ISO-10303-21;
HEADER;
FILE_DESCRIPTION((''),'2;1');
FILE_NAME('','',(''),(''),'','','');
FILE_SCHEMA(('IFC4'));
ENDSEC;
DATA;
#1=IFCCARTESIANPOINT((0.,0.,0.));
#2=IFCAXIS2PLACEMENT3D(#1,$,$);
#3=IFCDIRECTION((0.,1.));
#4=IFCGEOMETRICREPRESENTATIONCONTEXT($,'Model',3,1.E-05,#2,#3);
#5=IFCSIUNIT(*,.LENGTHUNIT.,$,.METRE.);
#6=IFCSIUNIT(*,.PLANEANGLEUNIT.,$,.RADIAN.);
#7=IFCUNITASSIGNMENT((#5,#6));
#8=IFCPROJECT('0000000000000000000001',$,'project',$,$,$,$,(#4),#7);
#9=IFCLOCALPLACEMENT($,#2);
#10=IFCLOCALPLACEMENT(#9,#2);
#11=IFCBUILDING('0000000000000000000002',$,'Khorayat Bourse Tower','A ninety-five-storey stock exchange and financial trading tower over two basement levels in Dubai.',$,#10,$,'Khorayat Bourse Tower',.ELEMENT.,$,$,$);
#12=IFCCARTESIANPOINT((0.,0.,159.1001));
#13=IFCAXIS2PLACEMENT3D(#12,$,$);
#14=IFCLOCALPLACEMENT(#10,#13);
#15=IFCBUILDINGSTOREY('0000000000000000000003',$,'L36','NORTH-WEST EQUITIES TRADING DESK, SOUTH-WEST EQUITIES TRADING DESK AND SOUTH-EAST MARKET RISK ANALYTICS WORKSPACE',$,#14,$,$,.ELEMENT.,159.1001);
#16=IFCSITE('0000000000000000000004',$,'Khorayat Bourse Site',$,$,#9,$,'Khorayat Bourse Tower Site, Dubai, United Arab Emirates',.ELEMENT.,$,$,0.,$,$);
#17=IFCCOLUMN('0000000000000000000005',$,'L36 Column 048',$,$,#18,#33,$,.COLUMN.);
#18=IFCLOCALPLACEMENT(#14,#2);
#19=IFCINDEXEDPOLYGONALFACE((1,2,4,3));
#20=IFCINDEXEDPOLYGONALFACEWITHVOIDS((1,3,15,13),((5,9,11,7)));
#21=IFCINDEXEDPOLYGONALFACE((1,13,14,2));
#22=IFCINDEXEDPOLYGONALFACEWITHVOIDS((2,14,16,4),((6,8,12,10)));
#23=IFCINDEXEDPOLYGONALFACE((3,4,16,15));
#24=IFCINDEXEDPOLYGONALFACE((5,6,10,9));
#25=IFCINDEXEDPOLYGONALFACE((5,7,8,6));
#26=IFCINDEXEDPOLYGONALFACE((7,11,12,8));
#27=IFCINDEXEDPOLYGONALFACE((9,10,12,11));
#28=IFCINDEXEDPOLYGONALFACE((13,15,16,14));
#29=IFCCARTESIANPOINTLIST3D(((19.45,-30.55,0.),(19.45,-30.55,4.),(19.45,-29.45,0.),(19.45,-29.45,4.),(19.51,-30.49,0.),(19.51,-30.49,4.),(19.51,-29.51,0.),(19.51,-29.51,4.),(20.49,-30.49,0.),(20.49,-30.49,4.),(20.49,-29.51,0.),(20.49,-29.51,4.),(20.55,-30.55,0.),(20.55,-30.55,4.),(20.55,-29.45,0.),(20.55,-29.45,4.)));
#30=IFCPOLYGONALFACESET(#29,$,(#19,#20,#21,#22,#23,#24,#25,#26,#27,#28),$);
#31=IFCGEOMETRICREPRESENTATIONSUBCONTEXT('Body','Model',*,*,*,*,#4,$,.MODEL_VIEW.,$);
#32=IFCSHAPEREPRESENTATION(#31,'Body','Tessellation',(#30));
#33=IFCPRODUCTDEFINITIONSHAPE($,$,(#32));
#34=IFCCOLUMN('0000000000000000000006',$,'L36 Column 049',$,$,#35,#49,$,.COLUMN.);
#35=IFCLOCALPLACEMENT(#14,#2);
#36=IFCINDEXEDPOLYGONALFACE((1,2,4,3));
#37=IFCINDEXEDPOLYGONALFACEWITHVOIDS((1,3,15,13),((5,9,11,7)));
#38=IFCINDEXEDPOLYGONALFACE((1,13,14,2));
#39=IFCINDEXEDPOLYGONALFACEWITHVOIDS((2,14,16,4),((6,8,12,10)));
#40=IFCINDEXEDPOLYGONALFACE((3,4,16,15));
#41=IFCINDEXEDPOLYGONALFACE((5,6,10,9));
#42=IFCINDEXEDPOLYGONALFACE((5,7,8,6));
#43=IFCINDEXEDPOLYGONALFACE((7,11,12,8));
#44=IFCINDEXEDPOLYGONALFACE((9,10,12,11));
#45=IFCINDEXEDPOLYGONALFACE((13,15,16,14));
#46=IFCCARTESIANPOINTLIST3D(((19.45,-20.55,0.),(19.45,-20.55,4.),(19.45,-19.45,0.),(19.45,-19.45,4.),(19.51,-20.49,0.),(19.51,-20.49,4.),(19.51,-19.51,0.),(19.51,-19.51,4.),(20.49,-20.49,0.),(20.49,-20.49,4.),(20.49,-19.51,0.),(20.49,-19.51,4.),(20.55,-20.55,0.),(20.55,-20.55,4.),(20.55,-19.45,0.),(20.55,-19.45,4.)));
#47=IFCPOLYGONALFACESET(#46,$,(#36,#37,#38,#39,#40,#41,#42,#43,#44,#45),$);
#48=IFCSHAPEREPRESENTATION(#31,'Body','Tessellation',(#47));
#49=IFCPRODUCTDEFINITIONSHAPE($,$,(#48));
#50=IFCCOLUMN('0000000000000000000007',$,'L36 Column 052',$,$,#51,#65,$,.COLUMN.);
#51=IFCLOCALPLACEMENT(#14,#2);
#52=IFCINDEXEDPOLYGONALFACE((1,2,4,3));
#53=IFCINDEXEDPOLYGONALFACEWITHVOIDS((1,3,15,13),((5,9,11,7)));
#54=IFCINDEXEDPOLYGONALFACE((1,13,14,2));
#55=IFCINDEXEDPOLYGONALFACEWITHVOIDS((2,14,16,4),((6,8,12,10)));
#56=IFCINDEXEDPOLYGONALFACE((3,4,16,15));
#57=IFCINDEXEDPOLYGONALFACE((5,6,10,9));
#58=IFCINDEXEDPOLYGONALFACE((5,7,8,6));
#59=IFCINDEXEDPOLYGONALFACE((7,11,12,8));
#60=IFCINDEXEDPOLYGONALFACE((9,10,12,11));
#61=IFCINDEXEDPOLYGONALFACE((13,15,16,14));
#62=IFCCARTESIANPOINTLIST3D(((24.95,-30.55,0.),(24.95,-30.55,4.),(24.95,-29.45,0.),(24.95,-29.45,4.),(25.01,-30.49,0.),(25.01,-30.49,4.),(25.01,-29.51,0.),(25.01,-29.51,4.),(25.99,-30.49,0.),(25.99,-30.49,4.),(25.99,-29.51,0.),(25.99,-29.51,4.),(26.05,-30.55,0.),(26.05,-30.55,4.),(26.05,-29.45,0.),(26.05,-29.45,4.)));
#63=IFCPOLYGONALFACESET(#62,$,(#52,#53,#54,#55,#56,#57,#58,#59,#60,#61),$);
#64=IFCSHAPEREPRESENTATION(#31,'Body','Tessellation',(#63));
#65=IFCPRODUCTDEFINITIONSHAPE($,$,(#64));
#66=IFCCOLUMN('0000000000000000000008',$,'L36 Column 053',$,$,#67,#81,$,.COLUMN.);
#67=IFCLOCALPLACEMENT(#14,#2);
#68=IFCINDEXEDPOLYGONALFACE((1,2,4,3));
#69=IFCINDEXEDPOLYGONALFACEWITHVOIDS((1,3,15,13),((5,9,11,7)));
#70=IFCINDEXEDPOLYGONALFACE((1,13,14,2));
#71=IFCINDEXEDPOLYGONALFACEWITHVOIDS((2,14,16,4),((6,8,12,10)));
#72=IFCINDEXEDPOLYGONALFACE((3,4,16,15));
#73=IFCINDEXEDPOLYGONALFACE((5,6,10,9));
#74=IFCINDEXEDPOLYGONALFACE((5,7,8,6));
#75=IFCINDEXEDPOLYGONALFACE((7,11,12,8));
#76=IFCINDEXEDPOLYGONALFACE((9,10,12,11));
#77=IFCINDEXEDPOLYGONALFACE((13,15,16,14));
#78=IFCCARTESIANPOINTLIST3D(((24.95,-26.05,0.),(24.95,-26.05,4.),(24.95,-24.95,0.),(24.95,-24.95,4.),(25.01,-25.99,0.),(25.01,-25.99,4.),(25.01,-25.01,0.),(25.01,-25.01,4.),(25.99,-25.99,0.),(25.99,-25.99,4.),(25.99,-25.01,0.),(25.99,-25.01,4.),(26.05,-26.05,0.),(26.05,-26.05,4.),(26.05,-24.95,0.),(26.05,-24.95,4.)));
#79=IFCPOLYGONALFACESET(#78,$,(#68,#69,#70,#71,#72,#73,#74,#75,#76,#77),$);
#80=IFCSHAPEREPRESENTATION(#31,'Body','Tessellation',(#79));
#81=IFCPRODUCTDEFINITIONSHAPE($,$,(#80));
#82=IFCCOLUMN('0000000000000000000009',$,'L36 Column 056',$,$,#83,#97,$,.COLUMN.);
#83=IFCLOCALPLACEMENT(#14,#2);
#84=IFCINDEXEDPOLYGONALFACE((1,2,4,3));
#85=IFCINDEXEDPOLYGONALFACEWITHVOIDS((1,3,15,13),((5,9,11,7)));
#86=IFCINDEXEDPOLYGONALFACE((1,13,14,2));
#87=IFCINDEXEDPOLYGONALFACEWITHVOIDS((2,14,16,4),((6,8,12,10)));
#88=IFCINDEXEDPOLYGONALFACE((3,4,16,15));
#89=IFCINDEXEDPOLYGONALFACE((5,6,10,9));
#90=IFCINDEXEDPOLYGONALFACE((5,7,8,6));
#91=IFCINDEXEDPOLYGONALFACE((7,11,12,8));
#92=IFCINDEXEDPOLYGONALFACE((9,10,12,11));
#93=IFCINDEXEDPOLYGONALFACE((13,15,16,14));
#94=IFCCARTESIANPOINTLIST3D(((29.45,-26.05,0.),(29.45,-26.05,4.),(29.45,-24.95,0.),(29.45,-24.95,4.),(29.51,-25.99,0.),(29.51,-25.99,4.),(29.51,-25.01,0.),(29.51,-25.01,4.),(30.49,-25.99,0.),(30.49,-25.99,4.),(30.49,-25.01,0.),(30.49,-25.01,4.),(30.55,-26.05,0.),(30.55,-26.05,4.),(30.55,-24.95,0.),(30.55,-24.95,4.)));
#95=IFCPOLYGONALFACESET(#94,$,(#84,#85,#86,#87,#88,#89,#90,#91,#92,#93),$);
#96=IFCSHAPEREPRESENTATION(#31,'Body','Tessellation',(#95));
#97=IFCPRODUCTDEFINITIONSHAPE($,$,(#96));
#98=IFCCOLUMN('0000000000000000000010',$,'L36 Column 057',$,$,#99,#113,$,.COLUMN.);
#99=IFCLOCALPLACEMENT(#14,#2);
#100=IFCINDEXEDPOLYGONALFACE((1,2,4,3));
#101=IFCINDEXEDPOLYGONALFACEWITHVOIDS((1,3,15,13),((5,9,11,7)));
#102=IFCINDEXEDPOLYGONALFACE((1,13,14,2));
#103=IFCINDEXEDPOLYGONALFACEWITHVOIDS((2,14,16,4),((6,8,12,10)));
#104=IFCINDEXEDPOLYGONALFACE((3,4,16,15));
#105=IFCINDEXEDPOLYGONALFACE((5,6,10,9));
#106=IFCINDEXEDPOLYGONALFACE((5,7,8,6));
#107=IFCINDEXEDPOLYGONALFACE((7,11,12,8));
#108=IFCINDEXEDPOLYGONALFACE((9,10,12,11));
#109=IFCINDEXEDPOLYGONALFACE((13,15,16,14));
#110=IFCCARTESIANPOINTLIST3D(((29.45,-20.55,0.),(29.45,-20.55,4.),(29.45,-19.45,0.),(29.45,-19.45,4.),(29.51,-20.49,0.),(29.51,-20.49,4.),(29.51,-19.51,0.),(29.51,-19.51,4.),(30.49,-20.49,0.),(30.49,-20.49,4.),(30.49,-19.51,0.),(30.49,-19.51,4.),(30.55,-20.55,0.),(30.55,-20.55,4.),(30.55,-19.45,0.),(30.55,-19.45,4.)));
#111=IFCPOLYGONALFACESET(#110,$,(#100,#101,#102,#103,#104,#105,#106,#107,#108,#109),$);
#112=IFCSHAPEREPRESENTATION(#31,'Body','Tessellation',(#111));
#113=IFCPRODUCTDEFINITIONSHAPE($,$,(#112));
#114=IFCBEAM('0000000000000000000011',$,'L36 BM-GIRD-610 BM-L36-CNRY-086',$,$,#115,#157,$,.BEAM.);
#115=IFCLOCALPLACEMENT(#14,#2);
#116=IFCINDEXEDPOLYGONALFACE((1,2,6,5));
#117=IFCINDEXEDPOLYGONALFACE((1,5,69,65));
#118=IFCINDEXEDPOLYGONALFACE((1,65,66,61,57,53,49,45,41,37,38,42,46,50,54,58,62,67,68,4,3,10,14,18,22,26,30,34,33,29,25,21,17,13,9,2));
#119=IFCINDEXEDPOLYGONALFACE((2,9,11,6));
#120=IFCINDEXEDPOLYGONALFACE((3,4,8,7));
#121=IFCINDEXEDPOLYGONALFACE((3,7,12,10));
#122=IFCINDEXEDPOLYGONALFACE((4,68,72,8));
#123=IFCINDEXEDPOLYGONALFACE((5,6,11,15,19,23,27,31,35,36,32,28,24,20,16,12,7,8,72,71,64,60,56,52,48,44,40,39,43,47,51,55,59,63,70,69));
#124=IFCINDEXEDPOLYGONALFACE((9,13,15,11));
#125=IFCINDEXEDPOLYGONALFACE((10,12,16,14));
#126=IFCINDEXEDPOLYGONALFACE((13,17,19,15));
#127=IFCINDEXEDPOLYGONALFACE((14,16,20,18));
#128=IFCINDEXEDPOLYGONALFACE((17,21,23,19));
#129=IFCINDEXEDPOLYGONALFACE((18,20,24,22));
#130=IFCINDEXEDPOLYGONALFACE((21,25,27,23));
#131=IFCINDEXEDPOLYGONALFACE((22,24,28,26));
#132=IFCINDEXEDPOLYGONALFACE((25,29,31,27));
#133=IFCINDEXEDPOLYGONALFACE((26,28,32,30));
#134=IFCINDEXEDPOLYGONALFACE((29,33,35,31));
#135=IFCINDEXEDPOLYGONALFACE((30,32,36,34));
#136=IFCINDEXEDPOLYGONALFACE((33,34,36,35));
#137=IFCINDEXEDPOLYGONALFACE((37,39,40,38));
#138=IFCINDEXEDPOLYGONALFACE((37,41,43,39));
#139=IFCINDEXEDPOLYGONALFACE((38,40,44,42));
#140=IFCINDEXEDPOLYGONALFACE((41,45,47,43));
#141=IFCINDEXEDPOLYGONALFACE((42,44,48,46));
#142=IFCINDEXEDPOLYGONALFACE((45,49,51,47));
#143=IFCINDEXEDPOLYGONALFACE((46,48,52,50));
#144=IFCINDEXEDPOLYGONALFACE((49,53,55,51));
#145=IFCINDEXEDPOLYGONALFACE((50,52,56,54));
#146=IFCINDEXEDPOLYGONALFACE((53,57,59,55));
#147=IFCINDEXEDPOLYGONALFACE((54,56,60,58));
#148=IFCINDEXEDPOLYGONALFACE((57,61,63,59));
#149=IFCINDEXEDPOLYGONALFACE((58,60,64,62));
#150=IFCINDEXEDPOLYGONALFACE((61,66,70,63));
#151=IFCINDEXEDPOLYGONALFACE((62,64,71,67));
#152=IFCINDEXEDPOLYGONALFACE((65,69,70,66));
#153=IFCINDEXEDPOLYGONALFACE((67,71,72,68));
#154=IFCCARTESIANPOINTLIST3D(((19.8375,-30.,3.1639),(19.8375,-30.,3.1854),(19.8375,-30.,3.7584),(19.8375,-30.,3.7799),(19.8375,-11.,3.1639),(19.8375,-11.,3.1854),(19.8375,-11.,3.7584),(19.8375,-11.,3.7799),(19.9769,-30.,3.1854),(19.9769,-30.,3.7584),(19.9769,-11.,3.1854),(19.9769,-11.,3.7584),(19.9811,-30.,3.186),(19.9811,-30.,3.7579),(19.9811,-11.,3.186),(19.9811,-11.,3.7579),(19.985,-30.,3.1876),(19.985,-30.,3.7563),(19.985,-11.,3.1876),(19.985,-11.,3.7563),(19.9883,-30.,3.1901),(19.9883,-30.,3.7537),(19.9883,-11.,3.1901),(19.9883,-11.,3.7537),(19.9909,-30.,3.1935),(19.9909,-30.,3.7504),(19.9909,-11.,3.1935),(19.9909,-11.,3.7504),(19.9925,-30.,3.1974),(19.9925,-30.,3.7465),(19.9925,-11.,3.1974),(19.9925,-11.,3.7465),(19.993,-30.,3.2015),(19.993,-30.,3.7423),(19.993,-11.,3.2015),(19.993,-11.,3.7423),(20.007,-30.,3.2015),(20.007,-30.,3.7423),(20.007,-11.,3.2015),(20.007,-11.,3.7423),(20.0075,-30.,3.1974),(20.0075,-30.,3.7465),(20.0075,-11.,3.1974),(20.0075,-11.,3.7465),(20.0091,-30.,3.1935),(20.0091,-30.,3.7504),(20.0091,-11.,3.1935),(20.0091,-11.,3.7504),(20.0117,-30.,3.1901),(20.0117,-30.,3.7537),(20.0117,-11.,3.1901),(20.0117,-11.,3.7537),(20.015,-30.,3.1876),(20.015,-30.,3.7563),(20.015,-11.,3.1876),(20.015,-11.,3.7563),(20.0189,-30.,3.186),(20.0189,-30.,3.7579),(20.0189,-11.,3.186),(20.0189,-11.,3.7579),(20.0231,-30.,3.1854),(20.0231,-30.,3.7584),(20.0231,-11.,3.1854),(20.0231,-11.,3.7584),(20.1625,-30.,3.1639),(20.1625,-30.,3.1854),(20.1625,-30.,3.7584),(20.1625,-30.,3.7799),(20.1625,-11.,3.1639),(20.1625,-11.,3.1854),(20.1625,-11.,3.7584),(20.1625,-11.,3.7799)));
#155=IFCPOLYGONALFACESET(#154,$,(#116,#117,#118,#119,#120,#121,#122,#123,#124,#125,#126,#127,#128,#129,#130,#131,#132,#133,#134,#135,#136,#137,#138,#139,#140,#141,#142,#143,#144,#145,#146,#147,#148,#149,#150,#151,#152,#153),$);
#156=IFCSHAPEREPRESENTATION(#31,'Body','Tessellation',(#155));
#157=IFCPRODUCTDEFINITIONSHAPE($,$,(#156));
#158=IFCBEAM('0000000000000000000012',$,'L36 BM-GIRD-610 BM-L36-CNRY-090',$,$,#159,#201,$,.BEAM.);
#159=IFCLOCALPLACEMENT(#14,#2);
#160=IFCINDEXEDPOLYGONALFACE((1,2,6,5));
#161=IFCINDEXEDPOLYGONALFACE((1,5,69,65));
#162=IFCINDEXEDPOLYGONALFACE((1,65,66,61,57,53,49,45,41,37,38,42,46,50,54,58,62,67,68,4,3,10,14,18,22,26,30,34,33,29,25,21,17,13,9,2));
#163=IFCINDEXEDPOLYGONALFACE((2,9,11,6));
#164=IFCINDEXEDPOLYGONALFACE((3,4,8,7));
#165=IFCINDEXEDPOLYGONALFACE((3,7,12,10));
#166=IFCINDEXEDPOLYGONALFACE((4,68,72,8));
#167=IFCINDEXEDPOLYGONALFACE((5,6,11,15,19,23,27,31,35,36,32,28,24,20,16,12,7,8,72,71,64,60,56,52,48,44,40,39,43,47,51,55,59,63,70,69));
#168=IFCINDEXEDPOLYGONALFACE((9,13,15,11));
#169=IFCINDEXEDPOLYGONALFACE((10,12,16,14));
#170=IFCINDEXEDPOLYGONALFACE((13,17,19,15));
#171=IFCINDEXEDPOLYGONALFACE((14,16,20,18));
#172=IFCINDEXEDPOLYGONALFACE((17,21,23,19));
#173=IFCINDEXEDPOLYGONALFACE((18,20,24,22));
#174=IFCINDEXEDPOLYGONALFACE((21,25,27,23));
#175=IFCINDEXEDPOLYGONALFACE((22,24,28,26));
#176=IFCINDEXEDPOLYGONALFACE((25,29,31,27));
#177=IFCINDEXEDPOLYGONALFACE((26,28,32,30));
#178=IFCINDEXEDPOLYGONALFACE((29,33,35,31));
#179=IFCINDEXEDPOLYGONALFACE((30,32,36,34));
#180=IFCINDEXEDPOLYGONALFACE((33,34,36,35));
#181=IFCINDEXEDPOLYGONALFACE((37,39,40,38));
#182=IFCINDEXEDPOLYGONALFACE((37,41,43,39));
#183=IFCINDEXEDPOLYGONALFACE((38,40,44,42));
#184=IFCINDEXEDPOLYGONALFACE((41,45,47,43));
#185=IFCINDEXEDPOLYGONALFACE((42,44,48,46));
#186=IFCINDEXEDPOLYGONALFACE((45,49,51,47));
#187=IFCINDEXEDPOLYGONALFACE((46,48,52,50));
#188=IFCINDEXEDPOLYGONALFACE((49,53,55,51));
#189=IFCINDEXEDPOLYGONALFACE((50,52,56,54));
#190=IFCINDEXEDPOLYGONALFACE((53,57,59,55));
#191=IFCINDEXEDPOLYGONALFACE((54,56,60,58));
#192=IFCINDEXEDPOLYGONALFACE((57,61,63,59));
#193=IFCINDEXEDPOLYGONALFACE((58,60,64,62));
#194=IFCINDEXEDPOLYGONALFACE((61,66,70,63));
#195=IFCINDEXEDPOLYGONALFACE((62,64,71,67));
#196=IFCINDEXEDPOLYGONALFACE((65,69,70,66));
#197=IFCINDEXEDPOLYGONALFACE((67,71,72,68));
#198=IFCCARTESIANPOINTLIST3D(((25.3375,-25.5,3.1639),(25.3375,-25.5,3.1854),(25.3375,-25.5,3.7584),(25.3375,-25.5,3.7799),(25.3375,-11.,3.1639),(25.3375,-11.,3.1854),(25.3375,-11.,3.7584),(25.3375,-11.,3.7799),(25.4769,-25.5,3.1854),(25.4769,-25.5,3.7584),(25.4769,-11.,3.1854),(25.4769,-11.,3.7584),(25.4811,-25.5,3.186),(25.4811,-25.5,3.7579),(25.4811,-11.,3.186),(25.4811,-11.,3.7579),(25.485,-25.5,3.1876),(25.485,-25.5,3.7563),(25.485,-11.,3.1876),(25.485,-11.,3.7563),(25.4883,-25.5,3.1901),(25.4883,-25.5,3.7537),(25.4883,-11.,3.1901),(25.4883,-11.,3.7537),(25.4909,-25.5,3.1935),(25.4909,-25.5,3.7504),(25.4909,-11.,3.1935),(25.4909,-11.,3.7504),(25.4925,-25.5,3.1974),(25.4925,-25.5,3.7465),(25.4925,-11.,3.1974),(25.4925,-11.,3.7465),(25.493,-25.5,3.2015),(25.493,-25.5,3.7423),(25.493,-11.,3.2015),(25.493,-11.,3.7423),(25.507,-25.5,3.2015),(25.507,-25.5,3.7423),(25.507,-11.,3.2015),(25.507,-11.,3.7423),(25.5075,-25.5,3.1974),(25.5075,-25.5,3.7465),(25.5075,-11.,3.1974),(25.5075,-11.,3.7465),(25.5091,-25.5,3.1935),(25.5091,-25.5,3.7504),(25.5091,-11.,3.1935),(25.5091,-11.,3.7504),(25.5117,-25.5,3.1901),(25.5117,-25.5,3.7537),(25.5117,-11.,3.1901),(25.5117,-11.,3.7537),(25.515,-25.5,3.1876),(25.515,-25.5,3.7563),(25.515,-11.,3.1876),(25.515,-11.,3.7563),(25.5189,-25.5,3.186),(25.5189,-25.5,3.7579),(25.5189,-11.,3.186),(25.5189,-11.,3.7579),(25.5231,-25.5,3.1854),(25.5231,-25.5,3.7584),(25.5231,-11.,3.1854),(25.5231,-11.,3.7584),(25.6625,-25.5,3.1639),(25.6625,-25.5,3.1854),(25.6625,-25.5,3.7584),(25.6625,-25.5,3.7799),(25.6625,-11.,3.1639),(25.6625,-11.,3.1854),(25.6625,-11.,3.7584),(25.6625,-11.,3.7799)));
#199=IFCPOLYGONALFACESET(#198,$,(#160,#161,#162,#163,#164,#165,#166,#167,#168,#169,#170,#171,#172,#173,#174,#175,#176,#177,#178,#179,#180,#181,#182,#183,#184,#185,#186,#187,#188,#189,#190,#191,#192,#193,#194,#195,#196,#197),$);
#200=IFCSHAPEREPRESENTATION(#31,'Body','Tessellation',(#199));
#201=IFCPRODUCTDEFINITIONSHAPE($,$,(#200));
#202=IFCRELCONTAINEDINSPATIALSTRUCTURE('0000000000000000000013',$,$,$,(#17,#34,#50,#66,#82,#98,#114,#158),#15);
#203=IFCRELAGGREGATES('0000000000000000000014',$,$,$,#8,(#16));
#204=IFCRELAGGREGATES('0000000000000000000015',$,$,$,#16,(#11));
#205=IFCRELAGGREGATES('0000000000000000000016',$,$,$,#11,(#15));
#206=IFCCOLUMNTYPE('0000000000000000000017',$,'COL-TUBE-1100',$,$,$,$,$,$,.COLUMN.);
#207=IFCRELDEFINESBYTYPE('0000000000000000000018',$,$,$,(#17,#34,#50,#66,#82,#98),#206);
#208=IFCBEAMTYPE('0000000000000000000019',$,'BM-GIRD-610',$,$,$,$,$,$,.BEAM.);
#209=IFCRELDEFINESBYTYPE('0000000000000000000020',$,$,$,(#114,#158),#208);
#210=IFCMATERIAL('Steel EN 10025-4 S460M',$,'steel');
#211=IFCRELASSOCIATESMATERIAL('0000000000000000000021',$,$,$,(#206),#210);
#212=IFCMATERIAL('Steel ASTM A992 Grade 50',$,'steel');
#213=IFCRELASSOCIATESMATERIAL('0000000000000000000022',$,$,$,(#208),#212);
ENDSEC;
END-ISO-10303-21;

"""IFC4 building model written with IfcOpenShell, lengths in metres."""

from ifc_helpers import new_model, si_unit, direction, frame, origin, origin_2d, place, context, subcontext, project, spatial, hollow_rectangle, i_section, extrude, source, transform, mapped, material, material_profile, profile_set, type_object, element, save


model = new_model("IFC4")

# Units and contexts
model_context = context("Model", 3, precision=1e-05, world=origin(), true_north=direction((0.0, 1.0)))
body_context = subcontext(model_context, "Body", "Model", "MODEL_VIEW")
ifc_project = project(units=[si_unit("LENGTHUNIT", "METRE"), si_unit("PLANEANGLEUNIT", "RADIAN")], contexts=[model_context])

# Site, building, storey
site_placement = place(None, origin())
site = spatial("IfcSite", under=ifc_project, at=site_placement, Name="Khorayat Bourse Site", LongName="Khorayat Bourse Tower Site, Dubai, United Arab Emirates", CompositionType="ELEMENT", RefElevation=0.0)
building_placement = place(site_placement, origin())
building = spatial("IfcBuilding", under=site, at=building_placement, Name="Khorayat Bourse Tower", Description="A ninety-five-storey stock exchange and financial trading tower over two basement levels in Dubai.", LongName="Khorayat Bourse Tower", CompositionType="ELEMENT")
storey_placement = place(building_placement, frame((0.0, 0.0, 159.1001)))
storey = spatial("IfcBuildingStorey", under=building, at=storey_placement, Name="L36", Description="NORTH-WEST EQUITIES TRADING DESK, SOUTH-WEST EQUITIES TRADING DESK AND SOUTH-EAST MARKET RISK ANALYTICS WORKSPACE", CompositionType="ELEMENT", Elevation=159.1001)

# Columns
ifc_material_1 = material(Name="Steel EN 10025-4 S460M", Category="steel")
ifc_material_profile_1 = material_profile(ifc_material_1, hollow_rectangle(XDim=1.1001, YDim=1.1001, WallThickness=0.0601, at=origin_2d()), Name="BOX 1100x1100x60")
ifc_profile_set_1 = profile_set([ifc_material_profile_1], Name="Steel EN 10025-4 S460M")
column_type = type_object("IfcColumnType", Name="COL-TUBE-1100", PredefinedType="COLUMN", material=ifc_profile_set_1)
shared_shape_1 = source(origin(), body_context, "Body", "SweptSolid", [
    extrude(hollow_rectangle(XDim=1.1001, YDim=1.1001, WallThickness=0.0601, at=origin_2d()), origin(), (0.0, 0.0, 1.0), 4.0),
])
for number, where, z_axis, x_axis, name in (
    (1, (20.0, -30.0, 0.0), (0.0, 0.0, 1.0), (1.0, 0.0, 0.0), "L36 Column 048"),
    (2, (20.0, -20.0, 0.0), (0.0, 0.0, 1.0), (1.0, 0.0, 0.0), "L36 Column 049"),
    (3, (25.5, -30.0, 0.0), (0.0, 0.0, 1.0), (1.0, 0.0, 0.0), "L36 Column 052"),
    (4, (25.5, -25.5, 0.0), (0.0, 0.0, 1.0), (1.0, 0.0, 0.0), "L36 Column 053"),
    (5, (30.0, -25.5, 0.0), (0.0, 0.0, 1.0), (1.0, 0.0, 0.0), "L36 Column 056"),
    (6, (30.0, -20.0, 0.0), (0.0, 0.0, 1.0), (1.0, 0.0, 0.0), "L36 Column 057"),
):
    element("IfcColumn", number, at=place(storey_placement, frame(where, z_axis=z_axis, x_axis=x_axis)), inside=storey, type_object=column_type, Name=name, PredefinedType="COLUMN", context=body_context, shape_type="MappedRepresentation", body=[
        mapped(shared_shape_1, transform((0.0, 0.0, 0.0), scale=1.0)),
    ])

# Beams
ifc_material_2 = material(Name="Steel ASTM A992 Grade 50", Category="steel")
ifc_material_profile_2 = material_profile(ifc_material_2, i_section(OverallWidth=0.325, OverallDepth=0.616, WebThickness=0.0139, FlangeThickness=0.0215, FilletRadius=0.0161, at=origin_2d()), Name="W610X174")
ifc_profile_set_2 = profile_set([ifc_material_profile_2], Name="Steel ASTM A992 Grade 50")
beam_type_1 = type_object("IfcBeamType", Name="BM-GIRD-610", PredefinedType="BEAM", material=ifc_profile_set_2)
shared_shape_2 = source(origin(), body_context, "Body", "SweptSolid", [
    extrude(i_section(OverallWidth=0.325, OverallDepth=0.616, WebThickness=0.0139, FlangeThickness=0.0215, FilletRadius=0.0161, at=origin_2d()), origin(), (0.0, 0.0, 1.0), 19.0),
])
beam_1_placement = place(storey_placement, frame((20.0, -30.0, 3.4719), z_axis=(0.0, 1.0, 0.0), x_axis=(-1.0, 0.0, 0.0)))
element("IfcBeam", 7, at=beam_1_placement, inside=storey, type_object=beam_type_1, Name="L36 BM-GIRD-610 BM-L36-CNRY-086", PredefinedType="BEAM", context=body_context, shape_type="MappedRepresentation", body=[
    mapped(shared_shape_2, transform((0.0, 0.0, 0.0), scale=1.0)),
])
shared_shape_3 = source(origin(), body_context, "Body", "SweptSolid", [
    extrude(i_section(OverallWidth=0.325, OverallDepth=0.616, WebThickness=0.0139, FlangeThickness=0.0215, FilletRadius=0.0161, at=origin_2d()), origin(), (0.0, 0.0, 1.0), 14.5),
])
beam_2_placement = place(storey_placement, frame((25.5, -25.5, 3.4719), z_axis=(0.0, 1.0, 0.0), x_axis=(-1.0, 0.0, 0.0)))
element("IfcBeam", 8, at=beam_2_placement, inside=storey, type_object=beam_type_1, Name="L36 BM-GIRD-610 BM-L36-CNRY-090", PredefinedType="BEAM", context=body_context, shape_type="MappedRepresentation", body=[
    mapped(shared_shape_3, transform((0.0, 0.0, 0.0), scale=1.0)),
])

save(model, "model.ifc")
